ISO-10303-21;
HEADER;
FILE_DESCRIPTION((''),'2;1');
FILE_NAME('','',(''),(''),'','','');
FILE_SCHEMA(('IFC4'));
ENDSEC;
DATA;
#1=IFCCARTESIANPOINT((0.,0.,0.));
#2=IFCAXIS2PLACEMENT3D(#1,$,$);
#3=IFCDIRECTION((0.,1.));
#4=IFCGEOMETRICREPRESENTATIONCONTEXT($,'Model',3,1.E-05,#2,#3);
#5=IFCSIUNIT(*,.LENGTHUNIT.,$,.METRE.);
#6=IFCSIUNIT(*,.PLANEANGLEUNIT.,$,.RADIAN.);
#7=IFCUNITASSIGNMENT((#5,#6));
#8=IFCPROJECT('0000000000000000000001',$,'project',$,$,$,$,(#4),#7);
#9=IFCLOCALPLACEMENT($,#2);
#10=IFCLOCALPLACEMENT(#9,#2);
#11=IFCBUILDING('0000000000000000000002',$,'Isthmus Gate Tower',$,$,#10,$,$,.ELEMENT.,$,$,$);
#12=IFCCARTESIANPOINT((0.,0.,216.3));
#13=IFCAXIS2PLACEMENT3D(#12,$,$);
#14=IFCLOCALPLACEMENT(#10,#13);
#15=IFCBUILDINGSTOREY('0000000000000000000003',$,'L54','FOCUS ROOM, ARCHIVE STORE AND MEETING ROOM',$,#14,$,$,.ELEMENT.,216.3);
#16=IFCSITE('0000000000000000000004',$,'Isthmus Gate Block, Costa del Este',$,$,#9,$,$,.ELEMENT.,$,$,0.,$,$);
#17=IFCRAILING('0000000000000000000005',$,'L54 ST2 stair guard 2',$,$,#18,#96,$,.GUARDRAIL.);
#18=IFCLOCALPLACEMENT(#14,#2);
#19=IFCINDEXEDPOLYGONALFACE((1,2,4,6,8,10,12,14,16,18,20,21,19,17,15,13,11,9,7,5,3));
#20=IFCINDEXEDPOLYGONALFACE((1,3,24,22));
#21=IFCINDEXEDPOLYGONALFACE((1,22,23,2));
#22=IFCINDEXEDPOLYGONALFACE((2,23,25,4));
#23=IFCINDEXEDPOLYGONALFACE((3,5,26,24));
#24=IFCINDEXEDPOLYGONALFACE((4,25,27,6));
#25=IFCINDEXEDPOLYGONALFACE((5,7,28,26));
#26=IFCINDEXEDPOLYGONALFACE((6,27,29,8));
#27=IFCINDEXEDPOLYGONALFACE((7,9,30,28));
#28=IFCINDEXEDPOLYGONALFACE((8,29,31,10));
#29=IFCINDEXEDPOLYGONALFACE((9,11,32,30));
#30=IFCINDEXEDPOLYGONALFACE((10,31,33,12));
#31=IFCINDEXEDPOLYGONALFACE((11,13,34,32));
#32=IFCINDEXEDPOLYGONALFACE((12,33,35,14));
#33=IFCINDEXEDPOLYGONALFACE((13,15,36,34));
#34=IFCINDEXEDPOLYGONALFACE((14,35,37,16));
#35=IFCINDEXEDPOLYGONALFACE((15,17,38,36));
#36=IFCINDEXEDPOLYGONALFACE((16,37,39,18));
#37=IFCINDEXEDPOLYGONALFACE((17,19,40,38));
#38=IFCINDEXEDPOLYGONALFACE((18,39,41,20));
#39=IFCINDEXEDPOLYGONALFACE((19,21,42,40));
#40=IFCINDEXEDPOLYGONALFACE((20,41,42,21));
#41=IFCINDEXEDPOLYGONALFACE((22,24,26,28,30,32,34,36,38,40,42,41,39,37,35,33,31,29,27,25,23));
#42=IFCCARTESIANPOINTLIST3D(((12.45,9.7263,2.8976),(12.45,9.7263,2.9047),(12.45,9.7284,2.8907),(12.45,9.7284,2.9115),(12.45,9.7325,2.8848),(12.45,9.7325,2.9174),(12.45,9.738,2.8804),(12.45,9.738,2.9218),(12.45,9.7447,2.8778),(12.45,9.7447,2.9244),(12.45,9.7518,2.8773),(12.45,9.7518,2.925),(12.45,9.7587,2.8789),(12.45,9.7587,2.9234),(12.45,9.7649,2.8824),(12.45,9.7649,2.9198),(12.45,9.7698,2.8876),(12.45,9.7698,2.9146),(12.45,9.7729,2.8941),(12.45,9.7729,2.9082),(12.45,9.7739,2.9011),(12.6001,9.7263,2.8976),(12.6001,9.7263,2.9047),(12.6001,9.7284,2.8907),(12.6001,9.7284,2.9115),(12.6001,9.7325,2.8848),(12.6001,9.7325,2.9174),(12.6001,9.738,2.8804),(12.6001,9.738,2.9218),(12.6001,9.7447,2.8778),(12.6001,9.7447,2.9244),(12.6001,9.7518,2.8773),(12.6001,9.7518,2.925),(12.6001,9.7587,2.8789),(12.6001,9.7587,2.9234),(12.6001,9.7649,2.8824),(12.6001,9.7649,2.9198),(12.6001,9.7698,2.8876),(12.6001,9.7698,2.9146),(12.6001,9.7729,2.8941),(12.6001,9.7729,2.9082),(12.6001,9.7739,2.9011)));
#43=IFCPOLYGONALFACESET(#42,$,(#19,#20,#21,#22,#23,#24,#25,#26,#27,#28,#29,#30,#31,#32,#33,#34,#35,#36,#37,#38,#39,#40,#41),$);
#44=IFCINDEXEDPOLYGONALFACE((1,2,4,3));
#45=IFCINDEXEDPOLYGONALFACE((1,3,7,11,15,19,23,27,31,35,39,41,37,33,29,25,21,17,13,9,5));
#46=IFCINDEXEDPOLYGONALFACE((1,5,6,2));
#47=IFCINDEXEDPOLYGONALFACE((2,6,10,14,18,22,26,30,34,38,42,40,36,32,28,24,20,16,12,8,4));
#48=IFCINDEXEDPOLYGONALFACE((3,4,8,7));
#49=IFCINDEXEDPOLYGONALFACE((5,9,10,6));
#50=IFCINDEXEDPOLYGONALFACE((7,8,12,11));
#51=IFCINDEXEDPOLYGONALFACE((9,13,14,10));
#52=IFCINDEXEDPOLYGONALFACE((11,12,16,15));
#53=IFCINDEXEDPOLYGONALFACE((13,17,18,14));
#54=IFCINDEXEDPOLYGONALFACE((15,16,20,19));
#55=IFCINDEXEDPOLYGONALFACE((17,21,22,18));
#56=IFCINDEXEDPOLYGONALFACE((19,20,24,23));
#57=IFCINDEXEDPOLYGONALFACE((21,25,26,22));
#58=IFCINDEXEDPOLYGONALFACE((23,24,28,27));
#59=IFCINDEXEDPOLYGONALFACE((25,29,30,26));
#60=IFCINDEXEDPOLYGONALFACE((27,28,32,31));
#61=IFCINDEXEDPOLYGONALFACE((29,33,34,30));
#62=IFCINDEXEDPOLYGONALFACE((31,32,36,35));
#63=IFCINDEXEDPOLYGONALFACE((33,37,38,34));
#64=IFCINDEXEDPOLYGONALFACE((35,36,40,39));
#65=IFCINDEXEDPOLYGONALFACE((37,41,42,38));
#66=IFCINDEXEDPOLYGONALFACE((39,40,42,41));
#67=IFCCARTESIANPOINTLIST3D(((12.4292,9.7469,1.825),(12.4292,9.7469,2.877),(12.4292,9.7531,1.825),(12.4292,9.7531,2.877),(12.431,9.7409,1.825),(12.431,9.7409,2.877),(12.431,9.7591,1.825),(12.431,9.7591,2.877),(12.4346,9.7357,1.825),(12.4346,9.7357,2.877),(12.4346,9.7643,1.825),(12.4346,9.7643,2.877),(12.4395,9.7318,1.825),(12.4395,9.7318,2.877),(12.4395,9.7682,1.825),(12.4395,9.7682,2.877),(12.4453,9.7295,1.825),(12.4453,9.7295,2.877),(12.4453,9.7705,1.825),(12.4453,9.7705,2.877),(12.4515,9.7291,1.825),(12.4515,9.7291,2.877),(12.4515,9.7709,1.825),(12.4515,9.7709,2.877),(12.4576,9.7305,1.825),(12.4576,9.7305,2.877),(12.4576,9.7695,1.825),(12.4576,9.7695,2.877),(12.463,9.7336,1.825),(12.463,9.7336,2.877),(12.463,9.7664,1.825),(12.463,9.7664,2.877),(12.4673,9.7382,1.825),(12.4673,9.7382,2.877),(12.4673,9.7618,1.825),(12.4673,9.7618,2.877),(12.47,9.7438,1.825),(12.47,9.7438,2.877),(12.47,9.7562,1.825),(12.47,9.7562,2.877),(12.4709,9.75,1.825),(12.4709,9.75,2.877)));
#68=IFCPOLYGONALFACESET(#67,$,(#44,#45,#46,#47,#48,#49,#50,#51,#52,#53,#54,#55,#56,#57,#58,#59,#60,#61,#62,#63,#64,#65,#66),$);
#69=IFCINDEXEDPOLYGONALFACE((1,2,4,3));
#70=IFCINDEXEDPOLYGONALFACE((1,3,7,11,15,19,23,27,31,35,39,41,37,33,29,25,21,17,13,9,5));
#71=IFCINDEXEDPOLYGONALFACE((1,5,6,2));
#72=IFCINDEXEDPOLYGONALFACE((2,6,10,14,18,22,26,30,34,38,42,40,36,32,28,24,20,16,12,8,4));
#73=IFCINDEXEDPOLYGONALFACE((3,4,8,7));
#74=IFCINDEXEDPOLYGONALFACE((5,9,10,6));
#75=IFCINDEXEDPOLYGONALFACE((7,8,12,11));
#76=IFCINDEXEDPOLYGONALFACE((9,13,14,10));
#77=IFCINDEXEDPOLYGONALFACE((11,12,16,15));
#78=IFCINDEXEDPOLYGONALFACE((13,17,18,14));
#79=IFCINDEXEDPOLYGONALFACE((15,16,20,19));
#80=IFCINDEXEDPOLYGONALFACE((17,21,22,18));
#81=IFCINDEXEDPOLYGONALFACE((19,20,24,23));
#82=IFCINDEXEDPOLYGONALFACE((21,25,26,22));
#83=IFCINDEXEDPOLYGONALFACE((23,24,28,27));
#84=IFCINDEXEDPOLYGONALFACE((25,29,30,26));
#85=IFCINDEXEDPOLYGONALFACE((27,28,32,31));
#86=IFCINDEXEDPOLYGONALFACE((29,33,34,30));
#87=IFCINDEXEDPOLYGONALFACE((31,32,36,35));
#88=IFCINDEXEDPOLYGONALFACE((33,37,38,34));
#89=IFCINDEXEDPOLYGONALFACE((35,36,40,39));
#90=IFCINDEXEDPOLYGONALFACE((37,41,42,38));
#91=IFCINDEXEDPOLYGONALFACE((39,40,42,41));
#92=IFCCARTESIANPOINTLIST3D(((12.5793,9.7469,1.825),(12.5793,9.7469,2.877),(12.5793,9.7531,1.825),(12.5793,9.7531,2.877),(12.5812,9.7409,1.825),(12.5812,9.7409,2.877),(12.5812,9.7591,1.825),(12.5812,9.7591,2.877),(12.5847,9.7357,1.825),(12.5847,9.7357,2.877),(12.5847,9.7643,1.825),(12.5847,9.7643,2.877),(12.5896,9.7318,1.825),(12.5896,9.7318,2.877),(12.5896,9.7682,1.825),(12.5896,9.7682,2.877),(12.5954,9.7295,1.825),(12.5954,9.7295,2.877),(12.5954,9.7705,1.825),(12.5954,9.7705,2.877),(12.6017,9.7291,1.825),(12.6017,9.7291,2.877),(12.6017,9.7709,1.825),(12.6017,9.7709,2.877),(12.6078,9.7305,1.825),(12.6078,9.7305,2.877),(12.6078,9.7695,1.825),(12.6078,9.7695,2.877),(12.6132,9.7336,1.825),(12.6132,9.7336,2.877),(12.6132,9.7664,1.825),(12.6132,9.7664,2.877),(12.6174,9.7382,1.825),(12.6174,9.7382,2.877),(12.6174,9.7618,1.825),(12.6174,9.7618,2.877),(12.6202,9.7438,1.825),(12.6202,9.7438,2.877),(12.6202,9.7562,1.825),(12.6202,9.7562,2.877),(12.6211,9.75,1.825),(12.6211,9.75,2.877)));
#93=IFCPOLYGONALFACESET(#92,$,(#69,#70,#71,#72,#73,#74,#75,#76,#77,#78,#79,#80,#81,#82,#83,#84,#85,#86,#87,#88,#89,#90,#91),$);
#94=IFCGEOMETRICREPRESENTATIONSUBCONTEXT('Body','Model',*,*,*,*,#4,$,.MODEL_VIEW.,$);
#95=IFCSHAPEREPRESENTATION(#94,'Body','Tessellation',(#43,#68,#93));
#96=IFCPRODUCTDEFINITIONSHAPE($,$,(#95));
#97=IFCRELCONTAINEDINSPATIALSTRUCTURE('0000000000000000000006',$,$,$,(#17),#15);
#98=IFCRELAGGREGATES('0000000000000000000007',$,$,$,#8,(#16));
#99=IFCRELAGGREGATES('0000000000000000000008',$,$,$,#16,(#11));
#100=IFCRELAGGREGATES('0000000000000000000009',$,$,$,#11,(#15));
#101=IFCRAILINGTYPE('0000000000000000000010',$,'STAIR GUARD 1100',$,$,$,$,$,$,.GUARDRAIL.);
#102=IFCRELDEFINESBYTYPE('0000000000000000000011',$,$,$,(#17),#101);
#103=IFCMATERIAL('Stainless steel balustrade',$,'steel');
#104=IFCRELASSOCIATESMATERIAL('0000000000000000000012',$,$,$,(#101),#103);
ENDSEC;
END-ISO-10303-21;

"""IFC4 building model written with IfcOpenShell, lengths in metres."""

from ifc_helpers import new_model, si_unit, direction, frame, origin, origin_2d, place, context, subcontext, project, spatial, circle, extrude, material, type_object, element, save


model = new_model("IFC4")

# Units and contexts
model_context = context("Model", 3, precision=1e-05, world=origin(), true_north=direction((0.0, 1.0)))
body_context = subcontext(model_context, "Body", "Model", "MODEL_VIEW")
ifc_project = project(units=[si_unit("LENGTHUNIT", "METRE"), si_unit("PLANEANGLEUNIT", "RADIAN")], contexts=[model_context])

# Site, building, storey
site_placement = place(None, origin())
site = spatial("IfcSite", under=ifc_project, at=site_placement, Name="Isthmus Gate Block, Costa del Este", CompositionType="ELEMENT", RefElevation=0.0)
building_placement = place(site_placement, origin())
building = spatial("IfcBuilding", under=site, at=building_placement, Name="Isthmus Gate Tower", CompositionType="ELEMENT")
storey_placement = place(building_placement, frame((0.0, 0.0, 216.3)))
storey = spatial("IfcBuildingStorey", under=building, at=storey_placement, Name="L54", Description="FOCUS ROOM, ARCHIVE STORE AND MEETING ROOM", CompositionType="ELEMENT", Elevation=216.3)

# Railing
ifc_material_1 = material(Name="Stainless steel balustrade", Category="steel")
railing_type_1 = type_object("IfcRailingType", Name="STAIR GUARD 1100", PredefinedType="GUARDRAIL", material=ifc_material_1)
railing_1_placement = place(storey_placement, frame((12.45, 9.75, 1.825)))
element("IfcRailing", 1, at=railing_1_placement, inside=storey, type_object=railing_type_1, Name="L54 ST2 stair guard 2", PredefinedType="GUARDRAIL", context=body_context, shape_type="SweptSolid", body=[
    extrude(circle(Radius=0.0239, at=origin_2d()), frame((0.0, 0.0, 1.0762), z_axis=(1.0, 0.0, 0.0), x_axis=(0.0, 1.0, 0.0)), (0.0, 0.0, 1.0), 0.1501),
    extrude(circle(Radius=0.021, at=origin_2d()), origin(), (0.0, 0.0, 1.0), 1.052),
    extrude(circle(Radius=0.021, at=origin_2d()), frame((0.1501, 0.0, 0.0)), (0.0, 0.0, 1.0), 1.052),
])

save(model, "model.ifc")
